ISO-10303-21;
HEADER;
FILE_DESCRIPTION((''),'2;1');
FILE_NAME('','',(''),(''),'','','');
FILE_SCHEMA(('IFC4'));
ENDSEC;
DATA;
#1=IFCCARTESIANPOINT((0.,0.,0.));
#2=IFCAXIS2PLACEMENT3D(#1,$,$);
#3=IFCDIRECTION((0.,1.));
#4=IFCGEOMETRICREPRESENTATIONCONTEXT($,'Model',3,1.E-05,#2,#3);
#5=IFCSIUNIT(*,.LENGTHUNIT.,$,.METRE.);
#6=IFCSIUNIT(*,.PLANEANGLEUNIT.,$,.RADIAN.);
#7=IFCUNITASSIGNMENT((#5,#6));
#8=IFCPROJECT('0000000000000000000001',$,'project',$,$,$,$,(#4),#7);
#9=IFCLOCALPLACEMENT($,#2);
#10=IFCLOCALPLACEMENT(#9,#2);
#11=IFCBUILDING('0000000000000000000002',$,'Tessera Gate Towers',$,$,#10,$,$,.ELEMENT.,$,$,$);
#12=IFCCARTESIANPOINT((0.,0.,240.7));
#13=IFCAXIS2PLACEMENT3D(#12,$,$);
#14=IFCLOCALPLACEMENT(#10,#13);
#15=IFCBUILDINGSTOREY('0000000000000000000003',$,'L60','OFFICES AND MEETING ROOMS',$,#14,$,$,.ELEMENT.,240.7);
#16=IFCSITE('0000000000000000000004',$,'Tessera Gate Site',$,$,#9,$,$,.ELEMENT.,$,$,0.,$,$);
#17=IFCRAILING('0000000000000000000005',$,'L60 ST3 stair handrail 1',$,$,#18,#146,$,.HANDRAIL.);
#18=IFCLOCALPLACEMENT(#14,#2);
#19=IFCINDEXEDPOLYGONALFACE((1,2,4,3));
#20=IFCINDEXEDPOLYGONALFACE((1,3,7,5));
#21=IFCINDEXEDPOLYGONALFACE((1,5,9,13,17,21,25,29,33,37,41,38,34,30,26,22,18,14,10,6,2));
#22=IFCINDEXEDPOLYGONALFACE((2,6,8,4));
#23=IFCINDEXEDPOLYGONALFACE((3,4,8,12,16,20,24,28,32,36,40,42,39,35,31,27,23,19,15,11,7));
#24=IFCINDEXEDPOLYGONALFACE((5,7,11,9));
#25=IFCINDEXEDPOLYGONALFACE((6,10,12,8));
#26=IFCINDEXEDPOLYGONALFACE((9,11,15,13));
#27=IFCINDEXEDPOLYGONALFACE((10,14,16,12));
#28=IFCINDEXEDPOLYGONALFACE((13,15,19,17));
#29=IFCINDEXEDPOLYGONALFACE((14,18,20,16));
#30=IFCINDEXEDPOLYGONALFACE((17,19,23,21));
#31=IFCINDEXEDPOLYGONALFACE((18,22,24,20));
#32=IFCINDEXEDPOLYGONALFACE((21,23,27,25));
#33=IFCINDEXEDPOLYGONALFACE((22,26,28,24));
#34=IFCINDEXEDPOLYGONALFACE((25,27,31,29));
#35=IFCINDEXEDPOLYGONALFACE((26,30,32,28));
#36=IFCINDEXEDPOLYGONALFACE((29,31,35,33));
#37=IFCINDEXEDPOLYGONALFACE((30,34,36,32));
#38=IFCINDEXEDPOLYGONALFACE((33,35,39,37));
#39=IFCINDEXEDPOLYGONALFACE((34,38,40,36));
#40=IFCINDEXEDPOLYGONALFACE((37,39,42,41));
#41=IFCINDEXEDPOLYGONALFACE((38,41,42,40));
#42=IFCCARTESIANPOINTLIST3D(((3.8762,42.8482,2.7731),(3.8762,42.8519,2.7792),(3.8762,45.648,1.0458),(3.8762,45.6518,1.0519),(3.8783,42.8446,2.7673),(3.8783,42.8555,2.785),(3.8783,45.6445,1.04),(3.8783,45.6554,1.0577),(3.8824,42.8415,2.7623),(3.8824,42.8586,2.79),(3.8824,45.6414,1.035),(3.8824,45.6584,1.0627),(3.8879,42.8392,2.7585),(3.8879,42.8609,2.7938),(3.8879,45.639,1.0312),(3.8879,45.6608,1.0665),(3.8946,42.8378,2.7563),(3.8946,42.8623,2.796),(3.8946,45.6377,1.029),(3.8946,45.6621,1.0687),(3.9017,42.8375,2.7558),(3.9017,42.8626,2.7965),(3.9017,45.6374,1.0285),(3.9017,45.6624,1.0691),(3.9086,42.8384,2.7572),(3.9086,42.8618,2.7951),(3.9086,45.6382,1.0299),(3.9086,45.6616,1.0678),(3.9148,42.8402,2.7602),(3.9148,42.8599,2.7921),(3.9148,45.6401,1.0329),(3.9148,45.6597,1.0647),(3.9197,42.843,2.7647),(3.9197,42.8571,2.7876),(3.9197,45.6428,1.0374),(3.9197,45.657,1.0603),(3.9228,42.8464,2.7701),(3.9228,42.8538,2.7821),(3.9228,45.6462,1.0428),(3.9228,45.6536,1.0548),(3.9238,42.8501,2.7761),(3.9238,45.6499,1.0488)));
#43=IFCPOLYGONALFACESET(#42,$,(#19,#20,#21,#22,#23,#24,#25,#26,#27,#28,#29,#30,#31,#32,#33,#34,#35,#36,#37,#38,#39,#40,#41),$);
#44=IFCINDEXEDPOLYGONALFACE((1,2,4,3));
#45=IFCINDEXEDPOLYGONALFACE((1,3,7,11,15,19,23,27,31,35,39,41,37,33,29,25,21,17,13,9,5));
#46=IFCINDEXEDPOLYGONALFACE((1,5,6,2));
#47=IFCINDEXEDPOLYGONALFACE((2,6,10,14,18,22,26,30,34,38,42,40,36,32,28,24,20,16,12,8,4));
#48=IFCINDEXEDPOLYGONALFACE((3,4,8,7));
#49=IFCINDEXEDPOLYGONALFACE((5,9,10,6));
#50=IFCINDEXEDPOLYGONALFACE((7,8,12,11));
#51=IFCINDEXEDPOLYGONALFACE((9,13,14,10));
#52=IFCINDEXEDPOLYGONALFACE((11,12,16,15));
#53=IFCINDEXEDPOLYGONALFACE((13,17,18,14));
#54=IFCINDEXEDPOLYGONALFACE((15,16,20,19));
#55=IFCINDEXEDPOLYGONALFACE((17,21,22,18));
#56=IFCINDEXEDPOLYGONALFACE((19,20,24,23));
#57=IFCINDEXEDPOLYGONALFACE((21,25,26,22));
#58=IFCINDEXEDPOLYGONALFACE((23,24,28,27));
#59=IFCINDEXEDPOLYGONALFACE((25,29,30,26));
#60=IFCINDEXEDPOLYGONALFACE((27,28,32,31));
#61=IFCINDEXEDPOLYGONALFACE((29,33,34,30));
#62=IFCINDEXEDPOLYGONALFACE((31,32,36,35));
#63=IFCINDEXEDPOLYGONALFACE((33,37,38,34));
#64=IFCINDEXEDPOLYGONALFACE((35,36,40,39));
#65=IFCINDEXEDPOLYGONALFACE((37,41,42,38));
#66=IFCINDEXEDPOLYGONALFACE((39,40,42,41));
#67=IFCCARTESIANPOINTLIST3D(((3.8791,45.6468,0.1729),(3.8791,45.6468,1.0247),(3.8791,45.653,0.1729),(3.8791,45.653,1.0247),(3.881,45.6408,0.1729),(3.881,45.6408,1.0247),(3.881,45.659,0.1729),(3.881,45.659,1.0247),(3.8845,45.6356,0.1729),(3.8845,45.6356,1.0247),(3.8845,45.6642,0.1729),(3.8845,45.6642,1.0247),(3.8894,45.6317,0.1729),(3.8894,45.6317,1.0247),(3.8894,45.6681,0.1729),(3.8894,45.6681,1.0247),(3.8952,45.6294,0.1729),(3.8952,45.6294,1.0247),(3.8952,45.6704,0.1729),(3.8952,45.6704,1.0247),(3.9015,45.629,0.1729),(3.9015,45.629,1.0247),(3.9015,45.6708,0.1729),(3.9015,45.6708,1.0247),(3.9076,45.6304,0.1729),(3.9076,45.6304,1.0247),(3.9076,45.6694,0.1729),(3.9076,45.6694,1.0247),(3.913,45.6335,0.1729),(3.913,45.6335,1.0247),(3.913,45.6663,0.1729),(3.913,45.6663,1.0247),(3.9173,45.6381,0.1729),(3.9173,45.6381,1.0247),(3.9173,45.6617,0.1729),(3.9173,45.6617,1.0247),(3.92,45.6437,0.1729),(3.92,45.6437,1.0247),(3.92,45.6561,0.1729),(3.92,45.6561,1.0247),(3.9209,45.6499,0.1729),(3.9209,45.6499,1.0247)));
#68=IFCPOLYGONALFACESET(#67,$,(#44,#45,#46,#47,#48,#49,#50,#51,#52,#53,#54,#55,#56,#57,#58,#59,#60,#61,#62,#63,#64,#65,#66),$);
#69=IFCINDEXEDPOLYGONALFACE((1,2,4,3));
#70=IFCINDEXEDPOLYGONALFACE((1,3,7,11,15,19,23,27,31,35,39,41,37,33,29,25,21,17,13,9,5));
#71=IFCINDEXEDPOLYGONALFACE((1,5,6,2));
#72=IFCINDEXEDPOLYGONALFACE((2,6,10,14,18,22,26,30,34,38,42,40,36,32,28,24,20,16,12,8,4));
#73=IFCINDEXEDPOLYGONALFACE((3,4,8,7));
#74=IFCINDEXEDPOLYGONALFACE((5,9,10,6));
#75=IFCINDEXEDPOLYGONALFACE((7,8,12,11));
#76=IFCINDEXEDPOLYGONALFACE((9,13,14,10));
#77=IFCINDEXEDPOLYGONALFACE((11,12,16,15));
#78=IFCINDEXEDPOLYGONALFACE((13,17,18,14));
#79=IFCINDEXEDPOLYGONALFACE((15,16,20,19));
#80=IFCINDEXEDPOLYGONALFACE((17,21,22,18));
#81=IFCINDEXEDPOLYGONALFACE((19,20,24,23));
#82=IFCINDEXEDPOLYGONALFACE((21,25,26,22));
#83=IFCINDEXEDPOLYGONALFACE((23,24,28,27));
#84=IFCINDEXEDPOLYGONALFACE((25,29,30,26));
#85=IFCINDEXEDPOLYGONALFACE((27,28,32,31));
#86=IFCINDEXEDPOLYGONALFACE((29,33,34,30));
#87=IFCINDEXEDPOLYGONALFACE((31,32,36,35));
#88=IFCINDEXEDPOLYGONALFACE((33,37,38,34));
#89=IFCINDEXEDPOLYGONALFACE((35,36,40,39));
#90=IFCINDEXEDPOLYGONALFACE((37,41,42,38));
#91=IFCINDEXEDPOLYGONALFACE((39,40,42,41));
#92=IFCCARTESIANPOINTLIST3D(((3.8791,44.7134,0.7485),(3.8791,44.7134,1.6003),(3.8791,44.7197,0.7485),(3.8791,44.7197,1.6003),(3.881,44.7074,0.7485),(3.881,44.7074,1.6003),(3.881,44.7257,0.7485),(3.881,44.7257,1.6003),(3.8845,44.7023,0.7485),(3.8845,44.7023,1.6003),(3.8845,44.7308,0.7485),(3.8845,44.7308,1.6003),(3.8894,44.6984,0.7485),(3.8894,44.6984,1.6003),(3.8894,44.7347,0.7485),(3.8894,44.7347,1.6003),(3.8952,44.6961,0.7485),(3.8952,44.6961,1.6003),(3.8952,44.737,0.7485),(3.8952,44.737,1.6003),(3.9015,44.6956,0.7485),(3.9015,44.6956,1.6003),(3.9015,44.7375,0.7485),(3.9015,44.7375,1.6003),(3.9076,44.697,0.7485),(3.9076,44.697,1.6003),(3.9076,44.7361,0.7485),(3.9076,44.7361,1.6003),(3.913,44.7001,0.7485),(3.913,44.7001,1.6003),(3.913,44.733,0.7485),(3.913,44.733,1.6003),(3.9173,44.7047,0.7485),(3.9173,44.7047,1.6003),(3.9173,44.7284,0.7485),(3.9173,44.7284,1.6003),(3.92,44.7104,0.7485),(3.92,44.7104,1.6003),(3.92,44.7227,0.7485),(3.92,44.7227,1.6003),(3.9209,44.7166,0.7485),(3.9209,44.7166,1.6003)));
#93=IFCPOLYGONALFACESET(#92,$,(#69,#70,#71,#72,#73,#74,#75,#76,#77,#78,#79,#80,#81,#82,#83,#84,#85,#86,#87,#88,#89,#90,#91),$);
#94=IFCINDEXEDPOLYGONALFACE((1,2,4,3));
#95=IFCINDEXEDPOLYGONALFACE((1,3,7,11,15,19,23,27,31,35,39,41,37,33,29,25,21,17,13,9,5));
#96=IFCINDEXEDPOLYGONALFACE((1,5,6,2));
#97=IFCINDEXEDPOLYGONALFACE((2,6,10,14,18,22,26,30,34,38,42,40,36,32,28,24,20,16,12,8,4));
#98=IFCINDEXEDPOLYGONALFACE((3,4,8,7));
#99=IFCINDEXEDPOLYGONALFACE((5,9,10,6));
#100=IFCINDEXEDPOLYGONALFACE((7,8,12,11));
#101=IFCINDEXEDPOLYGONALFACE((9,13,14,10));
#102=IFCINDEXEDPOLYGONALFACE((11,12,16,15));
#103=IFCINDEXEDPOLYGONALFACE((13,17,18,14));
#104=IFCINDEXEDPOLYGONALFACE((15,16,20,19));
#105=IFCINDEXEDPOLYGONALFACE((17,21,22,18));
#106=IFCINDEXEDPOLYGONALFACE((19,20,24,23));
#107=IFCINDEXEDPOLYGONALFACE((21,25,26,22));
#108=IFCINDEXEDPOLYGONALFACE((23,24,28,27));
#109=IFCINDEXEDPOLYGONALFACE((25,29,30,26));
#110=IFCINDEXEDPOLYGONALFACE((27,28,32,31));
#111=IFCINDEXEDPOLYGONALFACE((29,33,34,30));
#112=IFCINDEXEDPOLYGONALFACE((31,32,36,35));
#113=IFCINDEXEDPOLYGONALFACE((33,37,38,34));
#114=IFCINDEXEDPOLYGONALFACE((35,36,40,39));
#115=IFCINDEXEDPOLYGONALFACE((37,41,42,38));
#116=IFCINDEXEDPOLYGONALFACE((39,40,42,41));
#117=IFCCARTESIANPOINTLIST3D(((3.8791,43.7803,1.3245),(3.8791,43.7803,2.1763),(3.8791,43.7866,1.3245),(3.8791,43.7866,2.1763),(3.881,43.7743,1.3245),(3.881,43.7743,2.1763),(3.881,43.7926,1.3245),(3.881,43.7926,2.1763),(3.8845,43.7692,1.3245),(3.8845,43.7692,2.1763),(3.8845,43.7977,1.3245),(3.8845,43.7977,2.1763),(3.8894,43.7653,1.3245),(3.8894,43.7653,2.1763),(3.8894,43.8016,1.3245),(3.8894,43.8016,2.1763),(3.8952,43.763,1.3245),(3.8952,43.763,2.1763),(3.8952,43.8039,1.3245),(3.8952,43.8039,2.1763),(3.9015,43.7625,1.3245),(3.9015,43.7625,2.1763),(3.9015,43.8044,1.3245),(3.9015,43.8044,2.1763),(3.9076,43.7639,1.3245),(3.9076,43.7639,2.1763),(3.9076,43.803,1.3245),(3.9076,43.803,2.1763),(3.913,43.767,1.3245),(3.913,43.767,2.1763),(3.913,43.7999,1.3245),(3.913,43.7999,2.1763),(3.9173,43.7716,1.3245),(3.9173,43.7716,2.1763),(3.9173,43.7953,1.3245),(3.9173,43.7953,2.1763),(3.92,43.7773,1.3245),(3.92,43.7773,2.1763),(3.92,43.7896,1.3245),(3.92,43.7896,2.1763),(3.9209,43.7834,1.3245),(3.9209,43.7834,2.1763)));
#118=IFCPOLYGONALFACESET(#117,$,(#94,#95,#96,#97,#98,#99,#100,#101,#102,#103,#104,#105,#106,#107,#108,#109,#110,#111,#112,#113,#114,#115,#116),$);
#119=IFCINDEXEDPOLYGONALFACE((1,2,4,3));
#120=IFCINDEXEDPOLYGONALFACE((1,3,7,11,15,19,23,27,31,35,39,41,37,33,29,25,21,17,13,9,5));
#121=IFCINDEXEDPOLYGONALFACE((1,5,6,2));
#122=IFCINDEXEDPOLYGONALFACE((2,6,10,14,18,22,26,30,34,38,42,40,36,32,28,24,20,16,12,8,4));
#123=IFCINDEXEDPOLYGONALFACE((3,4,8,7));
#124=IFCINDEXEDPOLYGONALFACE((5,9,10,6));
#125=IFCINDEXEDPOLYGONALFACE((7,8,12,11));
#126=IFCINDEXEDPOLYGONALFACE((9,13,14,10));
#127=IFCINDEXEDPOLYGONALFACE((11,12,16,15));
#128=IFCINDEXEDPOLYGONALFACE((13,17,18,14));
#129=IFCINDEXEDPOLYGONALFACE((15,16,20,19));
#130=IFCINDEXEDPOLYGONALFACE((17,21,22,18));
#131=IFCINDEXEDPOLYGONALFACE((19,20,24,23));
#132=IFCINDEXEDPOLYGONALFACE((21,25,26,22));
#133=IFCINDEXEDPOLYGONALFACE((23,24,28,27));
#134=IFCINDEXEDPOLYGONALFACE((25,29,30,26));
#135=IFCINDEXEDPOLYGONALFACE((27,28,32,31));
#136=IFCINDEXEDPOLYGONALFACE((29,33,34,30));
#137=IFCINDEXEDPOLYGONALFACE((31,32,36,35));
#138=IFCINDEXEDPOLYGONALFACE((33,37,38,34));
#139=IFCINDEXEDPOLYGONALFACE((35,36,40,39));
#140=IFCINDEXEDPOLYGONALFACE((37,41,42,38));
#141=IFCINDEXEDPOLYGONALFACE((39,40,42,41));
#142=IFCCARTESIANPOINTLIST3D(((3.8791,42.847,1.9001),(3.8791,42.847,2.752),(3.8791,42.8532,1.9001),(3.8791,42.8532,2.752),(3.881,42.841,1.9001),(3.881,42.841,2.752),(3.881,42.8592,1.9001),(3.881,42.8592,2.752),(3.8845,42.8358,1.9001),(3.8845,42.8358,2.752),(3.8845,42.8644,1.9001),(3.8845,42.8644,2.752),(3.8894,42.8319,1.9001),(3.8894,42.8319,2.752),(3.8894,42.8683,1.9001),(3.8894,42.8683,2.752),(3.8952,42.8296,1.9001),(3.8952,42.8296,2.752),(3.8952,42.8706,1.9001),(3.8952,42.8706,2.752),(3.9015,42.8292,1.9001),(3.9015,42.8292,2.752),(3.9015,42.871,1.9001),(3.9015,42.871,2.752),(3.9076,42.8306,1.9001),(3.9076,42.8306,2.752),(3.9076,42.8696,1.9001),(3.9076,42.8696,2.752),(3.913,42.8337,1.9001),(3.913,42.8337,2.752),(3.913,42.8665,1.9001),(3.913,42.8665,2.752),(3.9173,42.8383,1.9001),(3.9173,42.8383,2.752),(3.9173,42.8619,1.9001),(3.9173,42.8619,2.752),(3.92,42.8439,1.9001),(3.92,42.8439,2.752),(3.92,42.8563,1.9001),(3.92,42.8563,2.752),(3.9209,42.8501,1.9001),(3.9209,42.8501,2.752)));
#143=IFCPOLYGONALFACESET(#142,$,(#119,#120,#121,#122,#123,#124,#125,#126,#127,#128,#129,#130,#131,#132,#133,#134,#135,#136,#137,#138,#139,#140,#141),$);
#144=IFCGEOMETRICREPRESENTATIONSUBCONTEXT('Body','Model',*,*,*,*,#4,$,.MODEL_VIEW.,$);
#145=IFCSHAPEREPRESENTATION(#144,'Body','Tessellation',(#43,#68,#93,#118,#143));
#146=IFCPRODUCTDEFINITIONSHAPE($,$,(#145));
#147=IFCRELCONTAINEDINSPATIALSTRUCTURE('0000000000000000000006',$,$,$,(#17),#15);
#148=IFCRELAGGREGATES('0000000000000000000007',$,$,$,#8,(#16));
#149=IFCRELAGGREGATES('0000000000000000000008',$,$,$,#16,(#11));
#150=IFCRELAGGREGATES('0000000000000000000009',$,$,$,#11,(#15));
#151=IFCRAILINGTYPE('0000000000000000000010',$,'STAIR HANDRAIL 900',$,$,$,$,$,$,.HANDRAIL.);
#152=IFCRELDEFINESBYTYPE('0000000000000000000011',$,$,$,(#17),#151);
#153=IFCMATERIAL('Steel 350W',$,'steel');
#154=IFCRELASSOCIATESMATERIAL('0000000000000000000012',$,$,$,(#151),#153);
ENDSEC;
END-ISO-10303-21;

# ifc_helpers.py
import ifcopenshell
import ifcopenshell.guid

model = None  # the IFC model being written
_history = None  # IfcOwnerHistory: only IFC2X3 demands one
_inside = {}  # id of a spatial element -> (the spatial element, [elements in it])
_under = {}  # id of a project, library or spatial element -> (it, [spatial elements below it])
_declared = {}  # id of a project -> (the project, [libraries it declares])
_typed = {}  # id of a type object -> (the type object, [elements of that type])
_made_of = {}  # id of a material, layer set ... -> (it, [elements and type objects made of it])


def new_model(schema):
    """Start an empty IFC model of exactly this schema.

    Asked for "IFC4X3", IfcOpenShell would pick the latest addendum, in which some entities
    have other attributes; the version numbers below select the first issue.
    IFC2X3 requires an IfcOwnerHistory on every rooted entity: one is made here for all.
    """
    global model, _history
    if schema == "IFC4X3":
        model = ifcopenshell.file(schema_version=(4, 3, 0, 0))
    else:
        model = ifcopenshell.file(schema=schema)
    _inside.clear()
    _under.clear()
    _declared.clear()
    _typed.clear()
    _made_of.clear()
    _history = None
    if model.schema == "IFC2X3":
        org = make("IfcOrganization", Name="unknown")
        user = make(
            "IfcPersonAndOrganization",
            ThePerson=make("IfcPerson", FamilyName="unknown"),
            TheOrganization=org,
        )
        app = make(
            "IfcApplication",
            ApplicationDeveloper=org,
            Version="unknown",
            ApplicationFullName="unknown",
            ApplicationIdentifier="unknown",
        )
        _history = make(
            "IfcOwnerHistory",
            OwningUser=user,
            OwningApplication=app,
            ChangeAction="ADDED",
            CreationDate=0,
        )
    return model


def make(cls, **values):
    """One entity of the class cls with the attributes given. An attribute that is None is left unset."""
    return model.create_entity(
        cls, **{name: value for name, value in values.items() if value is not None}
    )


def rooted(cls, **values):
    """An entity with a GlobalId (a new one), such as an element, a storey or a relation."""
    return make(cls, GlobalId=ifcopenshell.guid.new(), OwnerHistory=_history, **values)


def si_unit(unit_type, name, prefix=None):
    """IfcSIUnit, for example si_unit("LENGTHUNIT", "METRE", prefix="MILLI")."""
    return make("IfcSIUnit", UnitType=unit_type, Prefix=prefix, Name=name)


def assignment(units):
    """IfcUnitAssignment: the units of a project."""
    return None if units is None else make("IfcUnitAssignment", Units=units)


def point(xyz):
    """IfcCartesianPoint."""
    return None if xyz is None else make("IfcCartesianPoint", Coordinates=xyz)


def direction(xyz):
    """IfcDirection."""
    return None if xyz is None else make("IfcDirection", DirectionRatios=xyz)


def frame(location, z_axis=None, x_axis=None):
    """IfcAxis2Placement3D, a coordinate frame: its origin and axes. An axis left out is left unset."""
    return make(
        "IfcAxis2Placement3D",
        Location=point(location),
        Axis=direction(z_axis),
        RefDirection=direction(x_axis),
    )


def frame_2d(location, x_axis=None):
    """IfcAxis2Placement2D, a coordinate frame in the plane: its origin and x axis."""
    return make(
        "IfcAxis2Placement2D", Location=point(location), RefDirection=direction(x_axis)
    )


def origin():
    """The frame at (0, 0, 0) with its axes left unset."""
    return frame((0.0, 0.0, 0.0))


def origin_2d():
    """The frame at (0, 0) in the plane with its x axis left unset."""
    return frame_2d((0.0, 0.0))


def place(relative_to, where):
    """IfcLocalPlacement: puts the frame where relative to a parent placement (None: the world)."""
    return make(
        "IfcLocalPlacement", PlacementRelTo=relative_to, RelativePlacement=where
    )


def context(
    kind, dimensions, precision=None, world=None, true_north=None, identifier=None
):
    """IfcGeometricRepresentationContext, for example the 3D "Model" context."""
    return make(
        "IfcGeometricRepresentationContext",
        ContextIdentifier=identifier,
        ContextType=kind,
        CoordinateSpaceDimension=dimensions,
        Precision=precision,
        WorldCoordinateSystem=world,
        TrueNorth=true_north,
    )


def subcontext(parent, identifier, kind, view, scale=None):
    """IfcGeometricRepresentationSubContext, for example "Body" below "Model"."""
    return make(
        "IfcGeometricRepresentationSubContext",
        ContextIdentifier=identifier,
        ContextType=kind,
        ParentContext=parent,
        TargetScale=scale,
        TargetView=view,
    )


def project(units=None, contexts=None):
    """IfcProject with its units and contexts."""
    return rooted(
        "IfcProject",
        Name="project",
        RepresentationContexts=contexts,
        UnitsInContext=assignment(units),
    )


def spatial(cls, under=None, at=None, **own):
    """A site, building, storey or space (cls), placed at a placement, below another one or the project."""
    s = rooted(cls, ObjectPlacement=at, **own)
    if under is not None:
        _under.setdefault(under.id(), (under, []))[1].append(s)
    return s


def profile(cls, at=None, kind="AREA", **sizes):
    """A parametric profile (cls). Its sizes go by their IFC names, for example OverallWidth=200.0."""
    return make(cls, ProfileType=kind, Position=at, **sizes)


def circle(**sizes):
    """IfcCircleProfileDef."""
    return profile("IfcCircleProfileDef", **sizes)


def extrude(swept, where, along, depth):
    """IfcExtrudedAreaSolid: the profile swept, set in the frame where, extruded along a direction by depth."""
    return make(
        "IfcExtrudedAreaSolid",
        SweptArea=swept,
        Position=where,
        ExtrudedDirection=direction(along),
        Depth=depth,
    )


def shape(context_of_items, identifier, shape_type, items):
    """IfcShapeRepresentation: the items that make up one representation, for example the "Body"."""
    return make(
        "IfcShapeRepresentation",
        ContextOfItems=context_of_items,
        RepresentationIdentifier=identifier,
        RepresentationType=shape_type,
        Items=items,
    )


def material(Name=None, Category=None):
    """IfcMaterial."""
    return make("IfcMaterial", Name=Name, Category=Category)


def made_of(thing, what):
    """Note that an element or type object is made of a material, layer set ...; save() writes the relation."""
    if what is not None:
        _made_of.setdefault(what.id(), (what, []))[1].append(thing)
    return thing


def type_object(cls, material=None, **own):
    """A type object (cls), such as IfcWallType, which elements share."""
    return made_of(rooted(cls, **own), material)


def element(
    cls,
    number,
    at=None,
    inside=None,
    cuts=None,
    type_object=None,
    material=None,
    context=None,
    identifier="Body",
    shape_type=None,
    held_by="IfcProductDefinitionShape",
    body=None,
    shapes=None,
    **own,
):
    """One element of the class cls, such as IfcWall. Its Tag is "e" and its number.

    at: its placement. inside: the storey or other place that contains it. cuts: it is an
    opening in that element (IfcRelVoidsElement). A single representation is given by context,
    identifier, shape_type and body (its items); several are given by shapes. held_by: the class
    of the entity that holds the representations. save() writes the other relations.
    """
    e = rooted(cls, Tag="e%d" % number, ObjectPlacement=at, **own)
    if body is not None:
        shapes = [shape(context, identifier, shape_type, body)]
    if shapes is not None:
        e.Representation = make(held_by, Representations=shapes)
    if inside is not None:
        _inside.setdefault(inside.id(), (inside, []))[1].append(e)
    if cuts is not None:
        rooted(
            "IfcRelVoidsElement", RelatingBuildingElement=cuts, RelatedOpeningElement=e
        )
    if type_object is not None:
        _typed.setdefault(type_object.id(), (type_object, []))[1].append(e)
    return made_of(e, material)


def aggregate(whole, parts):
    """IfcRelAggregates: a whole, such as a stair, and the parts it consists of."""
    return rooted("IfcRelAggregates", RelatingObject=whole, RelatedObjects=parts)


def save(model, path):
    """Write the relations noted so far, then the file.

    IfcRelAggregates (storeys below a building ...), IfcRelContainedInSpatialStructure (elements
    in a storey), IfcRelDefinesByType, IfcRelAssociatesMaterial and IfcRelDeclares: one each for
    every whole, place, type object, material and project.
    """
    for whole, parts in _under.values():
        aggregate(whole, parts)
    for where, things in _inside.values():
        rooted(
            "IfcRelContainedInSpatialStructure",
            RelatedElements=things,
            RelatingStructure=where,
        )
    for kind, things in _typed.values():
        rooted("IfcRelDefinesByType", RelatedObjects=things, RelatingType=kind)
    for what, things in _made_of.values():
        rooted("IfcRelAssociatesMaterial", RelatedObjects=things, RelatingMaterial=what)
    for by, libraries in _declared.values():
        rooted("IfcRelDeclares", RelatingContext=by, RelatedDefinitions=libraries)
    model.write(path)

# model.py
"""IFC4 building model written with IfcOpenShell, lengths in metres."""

from ifc_helpers import new_model, si_unit, direction, frame, origin, origin_2d, place, context, subcontext, project, spatial, circle, extrude, material, type_object, element, save


model = new_model("IFC4")

# Units and contexts
model_context = context("Model", 3, precision=1e-05, world=origin(), true_north=direction((0.0, 1.0)))
body_context = subcontext(model_context, "Body", "Model", "MODEL_VIEW")
ifc_project = project(units=[si_unit("LENGTHUNIT", "METRE"), si_unit("PLANEANGLEUNIT", "RADIAN")], contexts=[model_context])

# Site, building, storey
site_placement = place(None, origin())
site = spatial("IfcSite", under=ifc_project, at=site_placement, Name="Tessera Gate Site", CompositionType="ELEMENT", RefElevation=0.0)
building_placement = place(site_placement, origin())
building = spatial("IfcBuilding", under=site, at=building_placement, Name="Tessera Gate Towers", CompositionType="ELEMENT")
storey_placement = place(building_placement, frame((0.0, 0.0, 240.7)))
storey = spatial("IfcBuildingStorey", under=building, at=storey_placement, Name="L60", Description="OFFICES AND MEETING ROOMS", CompositionType="ELEMENT", Elevation=240.7)

# Railing
ifc_material_1 = material(Name="Steel 350W", Category="steel")
railing_type_1 = type_object("IfcRailingType", Name="STAIR HANDRAIL 900", PredefinedType="HANDRAIL", material=ifc_material_1)
railing_1_placement = place(storey_placement, frame((3.8999, 45.6499, 0.1729)))
element("IfcRailing", 1, at=railing_1_placement, inside=storey, type_object=railing_type_1, Name="L60 ST3 stair handrail 1", PredefinedType="HANDRAIL", context=body_context, shape_type="SweptSolid", body=[
    extrude(circle(Radius=0.0239, at=origin_2d()), frame((0.0, 0.0, 0.876), z_axis=(0.0, -0.851069, 0.525054), x_axis=(1.0, 0.0, 0.0)), (0.0, 0.0, 1.0), 3.2898),
    extrude(circle(Radius=0.021, at=origin_2d()), origin(), (0.0, 0.0, 1.0), 0.8518),
    extrude(circle(Radius=0.021, at=origin_2d()), frame((0.0, -0.9333, 0.5757)), (0.0, 0.0, 1.0), 0.8518),
    extrude(circle(Radius=0.021, at=origin_2d()), frame((0.0, -1.8665, 1.1516)), (0.0, 0.0, 1.0), 0.8518),
    extrude(circle(Radius=0.021, at=origin_2d()), frame((0.0, -2.7998, 1.7273)), (0.0, 0.0, 1.0), 0.8518),
])

save(model, "model.ifc")
